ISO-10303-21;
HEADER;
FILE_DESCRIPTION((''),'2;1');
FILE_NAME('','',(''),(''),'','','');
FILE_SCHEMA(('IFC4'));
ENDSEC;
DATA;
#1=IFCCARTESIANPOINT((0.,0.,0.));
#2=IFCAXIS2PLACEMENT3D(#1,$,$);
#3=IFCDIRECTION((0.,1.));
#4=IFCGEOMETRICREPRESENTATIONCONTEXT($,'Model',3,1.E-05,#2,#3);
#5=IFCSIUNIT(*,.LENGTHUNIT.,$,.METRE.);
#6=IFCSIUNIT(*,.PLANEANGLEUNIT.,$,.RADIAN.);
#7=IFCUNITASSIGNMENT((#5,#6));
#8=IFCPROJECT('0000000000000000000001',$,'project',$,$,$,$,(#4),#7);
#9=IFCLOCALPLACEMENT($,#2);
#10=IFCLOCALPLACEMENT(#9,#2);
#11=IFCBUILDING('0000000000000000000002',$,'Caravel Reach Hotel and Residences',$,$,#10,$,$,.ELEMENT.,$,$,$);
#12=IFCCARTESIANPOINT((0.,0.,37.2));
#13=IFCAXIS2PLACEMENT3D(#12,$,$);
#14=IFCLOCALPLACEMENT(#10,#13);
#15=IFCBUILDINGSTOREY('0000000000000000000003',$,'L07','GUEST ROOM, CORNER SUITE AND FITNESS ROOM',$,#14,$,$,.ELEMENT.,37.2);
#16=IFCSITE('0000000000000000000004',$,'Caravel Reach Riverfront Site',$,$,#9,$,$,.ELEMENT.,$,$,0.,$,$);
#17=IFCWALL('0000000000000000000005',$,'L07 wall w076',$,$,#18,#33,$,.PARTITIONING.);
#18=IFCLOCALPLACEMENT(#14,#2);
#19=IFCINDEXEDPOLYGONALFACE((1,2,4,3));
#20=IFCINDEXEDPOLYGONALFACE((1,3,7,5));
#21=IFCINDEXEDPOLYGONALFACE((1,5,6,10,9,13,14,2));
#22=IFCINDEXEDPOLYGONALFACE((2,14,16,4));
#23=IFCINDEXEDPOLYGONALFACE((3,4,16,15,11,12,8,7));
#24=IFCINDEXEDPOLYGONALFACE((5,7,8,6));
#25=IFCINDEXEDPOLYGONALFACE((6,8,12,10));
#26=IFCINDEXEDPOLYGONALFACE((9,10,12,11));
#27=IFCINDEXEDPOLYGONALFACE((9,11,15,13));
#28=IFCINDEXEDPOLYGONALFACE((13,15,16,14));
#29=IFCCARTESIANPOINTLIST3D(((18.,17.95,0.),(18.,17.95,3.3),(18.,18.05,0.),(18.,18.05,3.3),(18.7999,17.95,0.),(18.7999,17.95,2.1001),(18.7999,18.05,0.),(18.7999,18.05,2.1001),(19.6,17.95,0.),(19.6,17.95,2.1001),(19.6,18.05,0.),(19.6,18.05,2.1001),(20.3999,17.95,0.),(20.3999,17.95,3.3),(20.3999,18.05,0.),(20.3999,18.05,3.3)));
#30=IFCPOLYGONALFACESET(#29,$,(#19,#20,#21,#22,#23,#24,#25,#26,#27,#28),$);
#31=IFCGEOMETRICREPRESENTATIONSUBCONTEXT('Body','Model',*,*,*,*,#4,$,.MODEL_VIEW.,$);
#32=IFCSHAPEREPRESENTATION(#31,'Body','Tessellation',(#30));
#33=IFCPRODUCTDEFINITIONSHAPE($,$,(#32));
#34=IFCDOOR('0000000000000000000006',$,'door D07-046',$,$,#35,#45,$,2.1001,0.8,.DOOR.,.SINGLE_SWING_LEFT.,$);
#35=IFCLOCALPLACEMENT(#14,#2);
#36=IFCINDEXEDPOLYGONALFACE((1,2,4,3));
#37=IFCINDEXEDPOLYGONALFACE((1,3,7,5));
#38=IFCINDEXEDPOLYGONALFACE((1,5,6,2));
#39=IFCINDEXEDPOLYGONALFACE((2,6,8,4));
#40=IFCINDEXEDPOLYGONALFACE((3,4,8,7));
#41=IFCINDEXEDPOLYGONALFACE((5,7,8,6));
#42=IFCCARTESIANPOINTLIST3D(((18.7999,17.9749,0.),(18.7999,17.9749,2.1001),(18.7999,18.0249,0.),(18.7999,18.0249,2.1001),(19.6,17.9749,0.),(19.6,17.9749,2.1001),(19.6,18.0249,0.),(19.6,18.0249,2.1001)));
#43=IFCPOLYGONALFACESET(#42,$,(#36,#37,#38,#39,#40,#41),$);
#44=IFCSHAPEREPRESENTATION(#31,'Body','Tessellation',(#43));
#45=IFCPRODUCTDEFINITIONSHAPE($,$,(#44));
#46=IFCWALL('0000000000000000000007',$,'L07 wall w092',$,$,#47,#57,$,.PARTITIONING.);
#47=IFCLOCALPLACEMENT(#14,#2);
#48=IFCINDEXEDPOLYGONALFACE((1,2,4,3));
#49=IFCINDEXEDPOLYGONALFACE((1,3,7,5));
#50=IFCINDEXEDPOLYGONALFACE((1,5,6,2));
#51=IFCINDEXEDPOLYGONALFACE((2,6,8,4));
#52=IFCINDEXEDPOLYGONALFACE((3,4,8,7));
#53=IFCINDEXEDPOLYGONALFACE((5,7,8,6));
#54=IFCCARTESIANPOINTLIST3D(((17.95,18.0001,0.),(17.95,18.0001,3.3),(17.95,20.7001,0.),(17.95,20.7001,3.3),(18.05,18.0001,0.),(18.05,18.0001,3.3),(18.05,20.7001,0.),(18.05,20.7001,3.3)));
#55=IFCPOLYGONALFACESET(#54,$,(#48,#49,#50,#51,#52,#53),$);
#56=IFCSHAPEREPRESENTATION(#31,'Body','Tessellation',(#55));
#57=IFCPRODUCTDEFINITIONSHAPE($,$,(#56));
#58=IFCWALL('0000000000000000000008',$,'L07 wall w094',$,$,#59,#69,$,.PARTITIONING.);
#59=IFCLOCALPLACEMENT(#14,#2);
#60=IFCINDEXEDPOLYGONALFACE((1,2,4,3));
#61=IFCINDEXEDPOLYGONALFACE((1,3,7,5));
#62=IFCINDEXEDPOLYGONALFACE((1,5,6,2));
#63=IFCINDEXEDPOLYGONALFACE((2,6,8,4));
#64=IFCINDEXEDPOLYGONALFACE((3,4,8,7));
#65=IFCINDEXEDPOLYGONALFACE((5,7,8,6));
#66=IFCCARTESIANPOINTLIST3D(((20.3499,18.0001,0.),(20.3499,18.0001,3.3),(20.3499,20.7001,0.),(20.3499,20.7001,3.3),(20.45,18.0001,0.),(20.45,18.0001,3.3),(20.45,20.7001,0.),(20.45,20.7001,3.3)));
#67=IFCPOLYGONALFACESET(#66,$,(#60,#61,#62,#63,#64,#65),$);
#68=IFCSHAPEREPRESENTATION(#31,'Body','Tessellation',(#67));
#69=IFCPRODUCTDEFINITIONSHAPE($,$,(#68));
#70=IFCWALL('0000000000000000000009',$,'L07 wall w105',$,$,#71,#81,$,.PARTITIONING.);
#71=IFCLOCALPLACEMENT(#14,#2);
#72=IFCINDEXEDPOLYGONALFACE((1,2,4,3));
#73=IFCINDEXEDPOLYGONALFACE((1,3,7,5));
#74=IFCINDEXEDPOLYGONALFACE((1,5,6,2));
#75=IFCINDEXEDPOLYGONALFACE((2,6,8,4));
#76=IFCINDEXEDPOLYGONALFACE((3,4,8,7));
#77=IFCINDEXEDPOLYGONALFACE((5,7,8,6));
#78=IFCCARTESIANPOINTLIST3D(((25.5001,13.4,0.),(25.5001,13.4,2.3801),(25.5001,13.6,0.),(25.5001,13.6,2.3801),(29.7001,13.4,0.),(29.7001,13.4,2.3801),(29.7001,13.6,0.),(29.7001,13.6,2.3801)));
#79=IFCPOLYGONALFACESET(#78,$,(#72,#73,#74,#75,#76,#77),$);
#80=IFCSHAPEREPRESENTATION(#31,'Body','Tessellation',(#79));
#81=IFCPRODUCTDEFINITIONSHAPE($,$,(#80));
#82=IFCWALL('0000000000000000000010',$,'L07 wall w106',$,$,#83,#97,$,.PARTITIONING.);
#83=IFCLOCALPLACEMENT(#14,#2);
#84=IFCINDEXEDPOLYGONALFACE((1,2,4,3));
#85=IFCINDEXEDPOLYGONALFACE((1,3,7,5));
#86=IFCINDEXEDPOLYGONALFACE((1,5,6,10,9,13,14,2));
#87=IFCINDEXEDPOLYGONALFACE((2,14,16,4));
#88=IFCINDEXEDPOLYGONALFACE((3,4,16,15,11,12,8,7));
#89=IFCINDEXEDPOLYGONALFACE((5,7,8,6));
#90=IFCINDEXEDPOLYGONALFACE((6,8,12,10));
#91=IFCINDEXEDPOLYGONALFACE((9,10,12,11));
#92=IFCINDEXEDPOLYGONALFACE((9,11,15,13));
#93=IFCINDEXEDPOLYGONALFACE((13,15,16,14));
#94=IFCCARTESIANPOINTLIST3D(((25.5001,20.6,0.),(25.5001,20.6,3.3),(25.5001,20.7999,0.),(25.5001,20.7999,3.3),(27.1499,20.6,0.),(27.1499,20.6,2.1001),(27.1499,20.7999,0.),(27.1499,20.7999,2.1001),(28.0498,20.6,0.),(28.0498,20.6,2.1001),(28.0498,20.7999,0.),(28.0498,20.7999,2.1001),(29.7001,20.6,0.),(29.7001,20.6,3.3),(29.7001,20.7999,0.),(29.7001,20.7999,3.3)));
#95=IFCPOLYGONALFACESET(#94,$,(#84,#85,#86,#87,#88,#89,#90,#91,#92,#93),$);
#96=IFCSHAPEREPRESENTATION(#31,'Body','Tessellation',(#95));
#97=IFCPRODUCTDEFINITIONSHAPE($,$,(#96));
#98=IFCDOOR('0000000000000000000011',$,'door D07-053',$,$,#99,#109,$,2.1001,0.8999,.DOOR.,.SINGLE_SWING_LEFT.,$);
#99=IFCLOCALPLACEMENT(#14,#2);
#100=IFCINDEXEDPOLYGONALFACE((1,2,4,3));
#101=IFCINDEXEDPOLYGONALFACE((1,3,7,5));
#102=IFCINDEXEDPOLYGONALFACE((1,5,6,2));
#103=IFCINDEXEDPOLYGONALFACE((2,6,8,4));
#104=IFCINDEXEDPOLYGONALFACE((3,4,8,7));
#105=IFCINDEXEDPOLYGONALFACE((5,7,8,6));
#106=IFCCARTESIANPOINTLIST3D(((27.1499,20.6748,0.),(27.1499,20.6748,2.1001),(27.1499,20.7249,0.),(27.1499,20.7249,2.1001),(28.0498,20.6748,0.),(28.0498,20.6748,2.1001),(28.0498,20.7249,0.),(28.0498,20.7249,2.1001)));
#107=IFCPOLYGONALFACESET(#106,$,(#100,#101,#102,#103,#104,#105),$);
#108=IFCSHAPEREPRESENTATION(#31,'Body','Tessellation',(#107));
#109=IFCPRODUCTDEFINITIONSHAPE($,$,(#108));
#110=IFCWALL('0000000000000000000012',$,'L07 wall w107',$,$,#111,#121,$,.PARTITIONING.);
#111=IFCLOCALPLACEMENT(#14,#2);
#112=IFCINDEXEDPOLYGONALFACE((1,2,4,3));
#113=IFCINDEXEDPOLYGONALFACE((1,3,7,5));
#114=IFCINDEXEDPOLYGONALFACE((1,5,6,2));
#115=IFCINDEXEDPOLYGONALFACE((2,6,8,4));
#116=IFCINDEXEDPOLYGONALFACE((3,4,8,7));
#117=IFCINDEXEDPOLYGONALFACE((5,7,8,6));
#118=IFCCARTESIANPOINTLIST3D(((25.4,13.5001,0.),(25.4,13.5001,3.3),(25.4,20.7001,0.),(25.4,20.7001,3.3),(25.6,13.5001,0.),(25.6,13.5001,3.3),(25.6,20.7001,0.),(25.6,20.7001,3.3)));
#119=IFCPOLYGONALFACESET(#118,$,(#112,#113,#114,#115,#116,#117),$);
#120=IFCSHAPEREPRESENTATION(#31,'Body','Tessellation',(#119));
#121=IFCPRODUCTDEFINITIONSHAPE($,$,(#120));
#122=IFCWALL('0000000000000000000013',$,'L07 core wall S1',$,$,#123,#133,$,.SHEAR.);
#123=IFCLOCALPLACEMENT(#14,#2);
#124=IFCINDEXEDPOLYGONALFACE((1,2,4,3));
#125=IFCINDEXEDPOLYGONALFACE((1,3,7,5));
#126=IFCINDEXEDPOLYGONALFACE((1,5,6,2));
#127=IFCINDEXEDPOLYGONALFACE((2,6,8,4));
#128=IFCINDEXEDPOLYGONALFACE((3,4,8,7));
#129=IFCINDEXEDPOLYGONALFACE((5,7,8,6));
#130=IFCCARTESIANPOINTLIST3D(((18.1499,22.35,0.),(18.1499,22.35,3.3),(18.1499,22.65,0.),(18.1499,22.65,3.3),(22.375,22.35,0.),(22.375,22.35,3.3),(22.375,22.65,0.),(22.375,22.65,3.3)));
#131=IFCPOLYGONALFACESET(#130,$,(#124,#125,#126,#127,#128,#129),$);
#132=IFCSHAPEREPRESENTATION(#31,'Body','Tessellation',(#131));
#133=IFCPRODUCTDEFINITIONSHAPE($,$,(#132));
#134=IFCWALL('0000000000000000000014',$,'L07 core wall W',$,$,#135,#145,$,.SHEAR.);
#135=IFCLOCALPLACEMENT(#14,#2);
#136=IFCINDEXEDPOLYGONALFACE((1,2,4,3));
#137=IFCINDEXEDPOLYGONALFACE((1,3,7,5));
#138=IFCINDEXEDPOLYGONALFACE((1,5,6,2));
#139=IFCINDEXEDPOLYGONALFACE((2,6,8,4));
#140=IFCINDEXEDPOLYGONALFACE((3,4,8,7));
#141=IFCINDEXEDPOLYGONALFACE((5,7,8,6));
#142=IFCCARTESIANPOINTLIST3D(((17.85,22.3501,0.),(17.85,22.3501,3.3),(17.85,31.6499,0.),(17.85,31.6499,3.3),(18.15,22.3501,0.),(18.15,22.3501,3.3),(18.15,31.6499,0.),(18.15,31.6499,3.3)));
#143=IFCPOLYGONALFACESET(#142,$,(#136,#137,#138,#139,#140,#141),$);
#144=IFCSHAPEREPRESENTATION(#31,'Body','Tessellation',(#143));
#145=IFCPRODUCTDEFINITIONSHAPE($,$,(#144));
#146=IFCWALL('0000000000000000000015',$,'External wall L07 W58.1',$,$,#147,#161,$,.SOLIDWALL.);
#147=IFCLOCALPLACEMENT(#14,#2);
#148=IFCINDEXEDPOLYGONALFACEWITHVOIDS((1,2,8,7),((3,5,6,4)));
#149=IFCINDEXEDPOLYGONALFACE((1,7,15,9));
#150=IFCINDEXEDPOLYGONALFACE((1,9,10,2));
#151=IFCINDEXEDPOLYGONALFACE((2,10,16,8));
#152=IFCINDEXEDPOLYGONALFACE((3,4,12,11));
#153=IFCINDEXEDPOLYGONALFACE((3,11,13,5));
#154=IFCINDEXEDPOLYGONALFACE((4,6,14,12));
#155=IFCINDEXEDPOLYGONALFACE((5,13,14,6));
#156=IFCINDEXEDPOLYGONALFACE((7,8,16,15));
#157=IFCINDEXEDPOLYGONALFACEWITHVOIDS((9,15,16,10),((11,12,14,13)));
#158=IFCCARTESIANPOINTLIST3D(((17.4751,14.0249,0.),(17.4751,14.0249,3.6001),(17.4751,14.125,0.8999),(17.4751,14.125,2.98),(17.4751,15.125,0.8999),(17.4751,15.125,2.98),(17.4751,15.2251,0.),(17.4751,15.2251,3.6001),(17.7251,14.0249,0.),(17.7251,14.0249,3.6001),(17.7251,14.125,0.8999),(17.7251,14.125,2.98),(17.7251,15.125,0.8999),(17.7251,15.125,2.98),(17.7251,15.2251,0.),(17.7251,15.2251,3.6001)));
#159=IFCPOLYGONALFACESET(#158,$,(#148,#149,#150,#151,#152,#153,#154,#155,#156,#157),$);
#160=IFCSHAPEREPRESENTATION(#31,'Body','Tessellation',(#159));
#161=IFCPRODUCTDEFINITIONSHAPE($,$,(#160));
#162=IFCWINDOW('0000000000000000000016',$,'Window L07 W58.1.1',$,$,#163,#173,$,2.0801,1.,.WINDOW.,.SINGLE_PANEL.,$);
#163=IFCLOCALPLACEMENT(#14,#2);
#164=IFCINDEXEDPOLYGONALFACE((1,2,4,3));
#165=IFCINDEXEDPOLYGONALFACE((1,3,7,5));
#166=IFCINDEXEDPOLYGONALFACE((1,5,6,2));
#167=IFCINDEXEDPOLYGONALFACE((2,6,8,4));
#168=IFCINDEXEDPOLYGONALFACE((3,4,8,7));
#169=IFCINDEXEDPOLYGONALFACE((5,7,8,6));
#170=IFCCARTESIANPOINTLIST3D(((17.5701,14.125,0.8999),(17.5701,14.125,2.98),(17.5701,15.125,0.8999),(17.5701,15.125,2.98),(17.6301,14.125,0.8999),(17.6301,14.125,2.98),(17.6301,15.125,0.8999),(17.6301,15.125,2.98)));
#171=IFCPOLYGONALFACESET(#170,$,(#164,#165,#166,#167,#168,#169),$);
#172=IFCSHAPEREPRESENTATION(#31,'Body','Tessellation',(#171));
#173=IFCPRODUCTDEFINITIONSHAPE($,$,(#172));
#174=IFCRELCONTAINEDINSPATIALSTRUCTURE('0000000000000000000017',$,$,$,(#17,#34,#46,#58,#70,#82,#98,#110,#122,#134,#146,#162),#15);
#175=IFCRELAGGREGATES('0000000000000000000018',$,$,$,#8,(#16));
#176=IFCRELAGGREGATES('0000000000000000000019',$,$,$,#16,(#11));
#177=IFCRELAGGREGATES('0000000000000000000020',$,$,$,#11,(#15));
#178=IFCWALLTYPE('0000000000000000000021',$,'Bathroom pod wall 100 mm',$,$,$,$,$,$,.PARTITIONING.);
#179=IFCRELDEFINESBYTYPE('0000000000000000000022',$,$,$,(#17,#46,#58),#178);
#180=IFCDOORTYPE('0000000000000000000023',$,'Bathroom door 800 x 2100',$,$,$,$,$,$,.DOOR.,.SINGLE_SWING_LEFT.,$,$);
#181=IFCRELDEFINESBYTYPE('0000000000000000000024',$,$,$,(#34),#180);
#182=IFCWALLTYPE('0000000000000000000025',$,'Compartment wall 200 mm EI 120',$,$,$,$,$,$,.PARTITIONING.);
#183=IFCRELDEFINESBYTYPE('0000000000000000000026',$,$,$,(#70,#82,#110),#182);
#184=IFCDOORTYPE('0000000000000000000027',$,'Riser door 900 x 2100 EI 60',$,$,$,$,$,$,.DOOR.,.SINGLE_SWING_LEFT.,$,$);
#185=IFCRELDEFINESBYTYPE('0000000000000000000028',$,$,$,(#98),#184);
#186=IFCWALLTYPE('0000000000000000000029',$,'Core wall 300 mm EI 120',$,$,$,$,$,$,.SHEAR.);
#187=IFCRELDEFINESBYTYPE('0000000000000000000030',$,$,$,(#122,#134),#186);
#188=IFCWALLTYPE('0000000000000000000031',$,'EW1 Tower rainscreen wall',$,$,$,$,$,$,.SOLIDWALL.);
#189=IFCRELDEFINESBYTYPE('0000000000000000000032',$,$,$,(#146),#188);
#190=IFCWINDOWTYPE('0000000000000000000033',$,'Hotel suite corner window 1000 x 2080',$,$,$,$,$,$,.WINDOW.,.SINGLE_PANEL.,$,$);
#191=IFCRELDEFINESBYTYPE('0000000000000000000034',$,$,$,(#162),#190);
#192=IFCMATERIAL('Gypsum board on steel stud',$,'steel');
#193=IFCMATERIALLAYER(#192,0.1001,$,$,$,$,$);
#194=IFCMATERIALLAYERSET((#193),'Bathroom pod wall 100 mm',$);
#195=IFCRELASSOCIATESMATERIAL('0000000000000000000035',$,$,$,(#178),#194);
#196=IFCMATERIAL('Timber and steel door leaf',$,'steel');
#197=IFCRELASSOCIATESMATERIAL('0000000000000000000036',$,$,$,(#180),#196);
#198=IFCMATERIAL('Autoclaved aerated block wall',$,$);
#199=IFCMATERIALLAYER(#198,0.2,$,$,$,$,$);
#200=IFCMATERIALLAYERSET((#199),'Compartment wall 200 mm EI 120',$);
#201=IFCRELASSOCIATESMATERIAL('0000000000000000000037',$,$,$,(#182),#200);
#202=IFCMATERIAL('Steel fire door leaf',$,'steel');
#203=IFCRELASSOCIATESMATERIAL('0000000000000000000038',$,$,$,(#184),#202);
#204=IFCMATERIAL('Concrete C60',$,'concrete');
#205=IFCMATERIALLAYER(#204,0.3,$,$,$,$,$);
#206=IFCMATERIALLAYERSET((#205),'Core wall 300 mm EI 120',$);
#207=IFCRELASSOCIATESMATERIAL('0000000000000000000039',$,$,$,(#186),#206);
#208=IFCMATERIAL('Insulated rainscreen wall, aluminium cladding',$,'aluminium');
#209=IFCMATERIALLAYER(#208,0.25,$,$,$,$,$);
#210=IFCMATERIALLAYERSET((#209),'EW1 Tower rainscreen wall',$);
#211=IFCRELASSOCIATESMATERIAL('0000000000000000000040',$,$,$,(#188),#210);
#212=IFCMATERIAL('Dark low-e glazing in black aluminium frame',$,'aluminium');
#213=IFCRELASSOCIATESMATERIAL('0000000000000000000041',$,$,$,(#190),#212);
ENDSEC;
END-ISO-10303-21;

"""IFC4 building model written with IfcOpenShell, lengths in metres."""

from ifc_helpers import new_model, si_unit, direction, frame, frame_2d, origin, place, context, subcontext, project, spatial, rectangle, extrude, material, layer, layer_set, type_object, element, fill, save


model = new_model("IFC4")

# Units and contexts
model_context = context("Model", 3, precision=1e-05, world=origin(), true_north=direction((0.0, 1.0)))
body_context = subcontext(model_context, "Body", "Model", "MODEL_VIEW")
ifc_project = project(units=[si_unit("LENGTHUNIT", "METRE"), si_unit("PLANEANGLEUNIT", "RADIAN")], contexts=[model_context])

# Site, building, storey
site_placement = place(None, origin())
site = spatial("IfcSite", under=ifc_project, at=site_placement, Name="Caravel Reach Riverfront Site", CompositionType="ELEMENT", RefElevation=0.0)
building_placement = place(site_placement, origin())
building = spatial("IfcBuilding", under=site, at=building_placement, Name="Caravel Reach Hotel and Residences", CompositionType="ELEMENT")
storey_placement = place(building_placement, frame((0.0, 0.0, 37.2)))
storey = spatial("IfcBuildingStorey", under=building, at=storey_placement, Name="L07", Description="GUEST ROOM, CORNER SUITE AND FITNESS ROOM", CompositionType="ELEMENT", Elevation=37.2)

# Wall, opening, door
ifc_material_1 = material(Name="Gypsum board on steel stud", Category="steel")
ifc_layer_1 = layer(ifc_material_1, 0.1001)
ifc_layer_set_1 = layer_set([ifc_layer_1], Name="Bathroom pod wall 100 mm")
wall_type_1 = type_object("IfcWallType", Name="Bathroom pod wall 100 mm", PredefinedType="PARTITIONING", material=ifc_layer_set_1)
wall_1_placement = place(storey_placement, frame((18.0, 18.0, 0.0), z_axis=(0.0, 0.0, 1.0), x_axis=(1.0, 0.0, 0.0)))
wall_1 = element("IfcWall", 1, at=wall_1_placement, inside=storey, type_object=wall_type_1, Name="L07 wall w076", PredefinedType="PARTITIONING", context=body_context, shape_type="SweptSolid", body=[
    extrude(rectangle(XDim=2.3999, YDim=0.1001, at=frame_2d((1.2, 0.0))), origin(), (0.0, 0.0, 1.0), 3.3),
])
opening_1_placement = place(wall_1_placement, frame((0.8, 0.0, 0.0)))
opening_1 = element("IfcOpeningElement", 2, at=opening_1_placement, cuts=wall_1, PredefinedType="OPENING", context=body_context, shape_type="SweptSolid", body=[
    extrude(rectangle(XDim=0.8, YDim=2.1001, at=frame_2d((0.3999, 1.05))), frame((0.0, 0.0601, 0.0), z_axis=(0.0, -1.0, 0.0), x_axis=(1.0, 0.0, 0.0)), (0.0, 0.0, 1.0), 0.1201),
])
ifc_material_2 = material(Name="Timber and steel door leaf", Category="steel")
door_type_1 = type_object("IfcDoorType", Name="Bathroom door 800 x 2100", OperationType="SINGLE_SWING_LEFT", PredefinedType="DOOR", material=ifc_material_2)
door_1_placement = place(opening_1_placement, origin())
door_1 = element("IfcDoor", 3, at=door_1_placement, inside=storey, type_object=door_type_1, Name="door D07-046", OperationType="SINGLE_SWING_LEFT", OverallHeight=2.1001, OverallWidth=0.8, PredefinedType="DOOR", context=body_context, shape_type="SweptSolid", body=[
    extrude(rectangle(XDim=0.8, YDim=2.1001, at=frame_2d((0.3999, 1.05))), frame((0.0, 0.0249, 0.0), z_axis=(0.0, -1.0, 0.0), x_axis=(1.0, 0.0, 0.0)), (0.0, 0.0, 1.0), 0.05),
])
fill(opening_1, door_1)

# Walls
for number, where, z_axis, x_axis, name in (
    (4, (18.0, 18.0, 0.0), (0.0, 0.0, 1.0), (0.0, 1.0, 0.0), "L07 wall w092"),
    (5, (20.3999, 18.0, 0.0), (0.0, 0.0, 1.0), (0.0, 1.0, 0.0), "L07 wall w094"),
):
    element("IfcWall", number, at=place(storey_placement, frame(where, z_axis=z_axis, x_axis=x_axis)), inside=storey, type_object=wall_type_1, Name=name, PredefinedType="PARTITIONING", context=body_context, shape_type="SweptSolid", body=[
        extrude(rectangle(XDim=2.7, YDim=0.1001, at=frame_2d((1.3501, 0.0))), origin(), (0.0, 0.0, 1.0), 3.3),
    ])
ifc_material_3 = material(Name="Autoclaved aerated block wall")
ifc_layer_2 = layer(ifc_material_3, 0.2)
ifc_layer_set_2 = layer_set([ifc_layer_2], Name="Compartment wall 200 mm EI 120")
wall_type_2 = type_object("IfcWallType", Name="Compartment wall 200 mm EI 120", PredefinedType="PARTITIONING", material=ifc_layer_set_2)
wall_2_placement = place(storey_placement, frame((25.5, 13.5, 0.0), z_axis=(0.0, 0.0, 1.0), x_axis=(1.0, 0.0, 0.0)))
element("IfcWall", 6, at=wall_2_placement, inside=storey, type_object=wall_type_2, Name="L07 wall w105", PredefinedType="PARTITIONING", context=body_context, shape_type="SweptSolid", body=[
    extrude(rectangle(XDim=4.2, YDim=0.2, at=frame_2d((2.1001, 0.0))), origin(), (0.0, 0.0, 1.0), 2.3801),
])

# Wall, opening, door
wall_3_placement = place(storey_placement, frame((25.5, 20.7, 0.0), z_axis=(0.0, 0.0, 1.0), x_axis=(1.0, 0.0, 0.0)))
wall_3 = element("IfcWall", 7, at=wall_3_placement, inside=storey, type_object=wall_type_2, Name="L07 wall w106", PredefinedType="PARTITIONING", context=body_context, shape_type="SweptSolid", body=[
    extrude(rectangle(XDim=4.2, YDim=0.2, at=frame_2d((2.1001, 0.0))), origin(), (0.0, 0.0, 1.0), 3.3),
])
opening_2_placement = place(wall_3_placement, frame((1.6499, 0.0, 0.0)))
opening_2 = element("IfcOpeningElement", 8, at=opening_2_placement, cuts=wall_3, PredefinedType="OPENING", context=body_context, shape_type="SweptSolid", body=[
    extrude(rectangle(XDim=0.8999, YDim=2.1001, at=frame_2d((0.45, 1.05))), frame((0.0, 0.1099, 0.0), z_axis=(0.0, -1.0, 0.0), x_axis=(1.0, 0.0, 0.0)), (0.0, 0.0, 1.0), 0.22),
])
ifc_material_4 = material(Name="Steel fire door leaf", Category="steel")
door_type_2 = type_object("IfcDoorType", Name="Riser door 900 x 2100 EI 60", OperationType="SINGLE_SWING_LEFT", PredefinedType="DOOR", material=ifc_material_4)
door_2_placement = place(opening_2_placement, origin())
door_2 = element("IfcDoor", 9, at=door_2_placement, inside=storey, type_object=door_type_2, Name="door D07-053", OperationType="SINGLE_SWING_LEFT", OverallHeight=2.1001, OverallWidth=0.8999, PredefinedType="DOOR", context=body_context, shape_type="SweptSolid", body=[
    extrude(rectangle(XDim=0.8999, YDim=2.1001, at=frame_2d((0.45, 1.05))), frame((0.0, 0.0249, 0.0), z_axis=(0.0, -1.0, 0.0), x_axis=(1.0, 0.0, 0.0)), (0.0, 0.0, 1.0), 0.05),
])
fill(opening_2, door_2)

# Walls
wall_4_placement = place(storey_placement, frame((25.5, 13.5, 0.0), z_axis=(0.0, 0.0, 1.0), x_axis=(0.0, 1.0, 0.0)))
element("IfcWall", 10, at=wall_4_placement, inside=storey, type_object=wall_type_2, Name="L07 wall w107", PredefinedType="PARTITIONING", context=body_context, shape_type="SweptSolid", body=[
    extrude(rectangle(XDim=7.2, YDim=0.2, at=frame_2d((3.6001, 0.0))), origin(), (0.0, 0.0, 1.0), 3.3),
])
ifc_material_5 = material(Name="Concrete C60", Category="concrete")
ifc_layer_3 = layer(ifc_material_5, 0.3)
ifc_layer_set_3 = layer_set([ifc_layer_3], Name="Core wall 300 mm EI 120")
wall_type_3 = type_object("IfcWallType", Name="Core wall 300 mm EI 120", PredefinedType="SHEAR", material=ifc_layer_set_3)
wall_5_placement = place(storey_placement, frame((18.1499, 22.5, 0.0), z_axis=(0.0, 0.0, 1.0), x_axis=(1.0, 0.0, 0.0)))
element("IfcWall", 11, at=wall_5_placement, inside=storey, type_object=wall_type_3, Name="L07 core wall S1", PredefinedType="SHEAR", context=body_context, shape_type="SweptSolid", body=[
    extrude(rectangle(XDim=4.2251, YDim=0.3, at=frame_2d((2.1125, 0.0))), origin(), (0.0, 0.0, 1.0), 3.3),
])
wall_6_placement = place(storey_placement, frame((18.0, 22.3501, 0.0), z_axis=(0.0, 0.0, 1.0), x_axis=(0.0, 1.0, 0.0)))
element("IfcWall", 12, at=wall_6_placement, inside=storey, type_object=wall_type_3, Name="L07 core wall W", PredefinedType="SHEAR", context=body_context, shape_type="SweptSolid", body=[
    extrude(rectangle(XDim=9.2998, YDim=0.3, at=frame_2d((4.6499, 0.0))), origin(), (0.0, 0.0, 1.0), 3.3),
])

# Wall, opening, window
ifc_material_6 = material(Name="Insulated rainscreen wall, aluminium cladding", Category="aluminium")
ifc_layer_4 = layer(ifc_material_6, 0.25)
ifc_layer_set_4 = layer_set([ifc_layer_4], Name="EW1 Tower rainscreen wall")
wall_type_4 = type_object("IfcWallType", Name="EW1 Tower rainscreen wall", PredefinedType="SOLIDWALL", material=ifc_layer_set_4)
wall_7_placement = place(storey_placement, frame((17.6001, 15.2251, 0.0), z_axis=(0.0, 0.0, 1.0), x_axis=(0.0, -1.0, 0.0)))
wall_7 = element("IfcWall", 13, at=wall_7_placement, inside=storey, type_object=wall_type_4, Name="External wall L07 W58.1", PredefinedType="SOLIDWALL", context=body_context, shape_type="SweptSolid", body=[
    extrude(rectangle(XDim=1.2002, YDim=0.25, at=frame_2d((0.6001, 0.0))), origin(), (0.0, 0.0, 1.0), 3.6001),
])
opening_3_placement = place(wall_7_placement, frame((0.1001, 0.0, 0.8999)))
opening_3 = element("IfcOpeningElement", 14, at=opening_3_placement, cuts=wall_7, PredefinedType="OPENING", context=body_context, shape_type="SweptSolid", body=[
    extrude(rectangle(XDim=1.0, YDim=2.0801, at=frame_2d((0.5, 1.04))), frame((0.0, 0.135, 0.0), z_axis=(0.0, -1.0, 0.0), x_axis=(1.0, 0.0, 0.0)), (0.0, 0.0, 1.0), 0.27),
])
ifc_material_7 = material(Name="Dark low-e glazing in black aluminium frame", Category="aluminium")
window_type_1 = type_object("IfcWindowType", Name="Hotel suite corner window 1000 x 2080", PartitioningType="SINGLE_PANEL", PredefinedType="WINDOW", material=ifc_material_7)
window_1_placement = place(opening_3_placement, origin())
window_1 = element("IfcWindow", 15, at=window_1_placement, inside=storey, type_object=window_type_1, Name="Window L07 W58.1.1", OverallHeight=2.0801, OverallWidth=1.0, PartitioningType="SINGLE_PANEL", PredefinedType="WINDOW", context=body_context, shape_type="SweptSolid", body=[
    extrude(rectangle(XDim=1.0, YDim=2.0801, at=frame_2d((0.5, 1.04))), frame((0.0, 0.03, 0.0), z_axis=(0.0, -1.0, 0.0), x_axis=(1.0, 0.0, 0.0)), (0.0, 0.0, 1.0), 0.0601),
])
fill(opening_3, window_1)

save(model, "model.ifc")
